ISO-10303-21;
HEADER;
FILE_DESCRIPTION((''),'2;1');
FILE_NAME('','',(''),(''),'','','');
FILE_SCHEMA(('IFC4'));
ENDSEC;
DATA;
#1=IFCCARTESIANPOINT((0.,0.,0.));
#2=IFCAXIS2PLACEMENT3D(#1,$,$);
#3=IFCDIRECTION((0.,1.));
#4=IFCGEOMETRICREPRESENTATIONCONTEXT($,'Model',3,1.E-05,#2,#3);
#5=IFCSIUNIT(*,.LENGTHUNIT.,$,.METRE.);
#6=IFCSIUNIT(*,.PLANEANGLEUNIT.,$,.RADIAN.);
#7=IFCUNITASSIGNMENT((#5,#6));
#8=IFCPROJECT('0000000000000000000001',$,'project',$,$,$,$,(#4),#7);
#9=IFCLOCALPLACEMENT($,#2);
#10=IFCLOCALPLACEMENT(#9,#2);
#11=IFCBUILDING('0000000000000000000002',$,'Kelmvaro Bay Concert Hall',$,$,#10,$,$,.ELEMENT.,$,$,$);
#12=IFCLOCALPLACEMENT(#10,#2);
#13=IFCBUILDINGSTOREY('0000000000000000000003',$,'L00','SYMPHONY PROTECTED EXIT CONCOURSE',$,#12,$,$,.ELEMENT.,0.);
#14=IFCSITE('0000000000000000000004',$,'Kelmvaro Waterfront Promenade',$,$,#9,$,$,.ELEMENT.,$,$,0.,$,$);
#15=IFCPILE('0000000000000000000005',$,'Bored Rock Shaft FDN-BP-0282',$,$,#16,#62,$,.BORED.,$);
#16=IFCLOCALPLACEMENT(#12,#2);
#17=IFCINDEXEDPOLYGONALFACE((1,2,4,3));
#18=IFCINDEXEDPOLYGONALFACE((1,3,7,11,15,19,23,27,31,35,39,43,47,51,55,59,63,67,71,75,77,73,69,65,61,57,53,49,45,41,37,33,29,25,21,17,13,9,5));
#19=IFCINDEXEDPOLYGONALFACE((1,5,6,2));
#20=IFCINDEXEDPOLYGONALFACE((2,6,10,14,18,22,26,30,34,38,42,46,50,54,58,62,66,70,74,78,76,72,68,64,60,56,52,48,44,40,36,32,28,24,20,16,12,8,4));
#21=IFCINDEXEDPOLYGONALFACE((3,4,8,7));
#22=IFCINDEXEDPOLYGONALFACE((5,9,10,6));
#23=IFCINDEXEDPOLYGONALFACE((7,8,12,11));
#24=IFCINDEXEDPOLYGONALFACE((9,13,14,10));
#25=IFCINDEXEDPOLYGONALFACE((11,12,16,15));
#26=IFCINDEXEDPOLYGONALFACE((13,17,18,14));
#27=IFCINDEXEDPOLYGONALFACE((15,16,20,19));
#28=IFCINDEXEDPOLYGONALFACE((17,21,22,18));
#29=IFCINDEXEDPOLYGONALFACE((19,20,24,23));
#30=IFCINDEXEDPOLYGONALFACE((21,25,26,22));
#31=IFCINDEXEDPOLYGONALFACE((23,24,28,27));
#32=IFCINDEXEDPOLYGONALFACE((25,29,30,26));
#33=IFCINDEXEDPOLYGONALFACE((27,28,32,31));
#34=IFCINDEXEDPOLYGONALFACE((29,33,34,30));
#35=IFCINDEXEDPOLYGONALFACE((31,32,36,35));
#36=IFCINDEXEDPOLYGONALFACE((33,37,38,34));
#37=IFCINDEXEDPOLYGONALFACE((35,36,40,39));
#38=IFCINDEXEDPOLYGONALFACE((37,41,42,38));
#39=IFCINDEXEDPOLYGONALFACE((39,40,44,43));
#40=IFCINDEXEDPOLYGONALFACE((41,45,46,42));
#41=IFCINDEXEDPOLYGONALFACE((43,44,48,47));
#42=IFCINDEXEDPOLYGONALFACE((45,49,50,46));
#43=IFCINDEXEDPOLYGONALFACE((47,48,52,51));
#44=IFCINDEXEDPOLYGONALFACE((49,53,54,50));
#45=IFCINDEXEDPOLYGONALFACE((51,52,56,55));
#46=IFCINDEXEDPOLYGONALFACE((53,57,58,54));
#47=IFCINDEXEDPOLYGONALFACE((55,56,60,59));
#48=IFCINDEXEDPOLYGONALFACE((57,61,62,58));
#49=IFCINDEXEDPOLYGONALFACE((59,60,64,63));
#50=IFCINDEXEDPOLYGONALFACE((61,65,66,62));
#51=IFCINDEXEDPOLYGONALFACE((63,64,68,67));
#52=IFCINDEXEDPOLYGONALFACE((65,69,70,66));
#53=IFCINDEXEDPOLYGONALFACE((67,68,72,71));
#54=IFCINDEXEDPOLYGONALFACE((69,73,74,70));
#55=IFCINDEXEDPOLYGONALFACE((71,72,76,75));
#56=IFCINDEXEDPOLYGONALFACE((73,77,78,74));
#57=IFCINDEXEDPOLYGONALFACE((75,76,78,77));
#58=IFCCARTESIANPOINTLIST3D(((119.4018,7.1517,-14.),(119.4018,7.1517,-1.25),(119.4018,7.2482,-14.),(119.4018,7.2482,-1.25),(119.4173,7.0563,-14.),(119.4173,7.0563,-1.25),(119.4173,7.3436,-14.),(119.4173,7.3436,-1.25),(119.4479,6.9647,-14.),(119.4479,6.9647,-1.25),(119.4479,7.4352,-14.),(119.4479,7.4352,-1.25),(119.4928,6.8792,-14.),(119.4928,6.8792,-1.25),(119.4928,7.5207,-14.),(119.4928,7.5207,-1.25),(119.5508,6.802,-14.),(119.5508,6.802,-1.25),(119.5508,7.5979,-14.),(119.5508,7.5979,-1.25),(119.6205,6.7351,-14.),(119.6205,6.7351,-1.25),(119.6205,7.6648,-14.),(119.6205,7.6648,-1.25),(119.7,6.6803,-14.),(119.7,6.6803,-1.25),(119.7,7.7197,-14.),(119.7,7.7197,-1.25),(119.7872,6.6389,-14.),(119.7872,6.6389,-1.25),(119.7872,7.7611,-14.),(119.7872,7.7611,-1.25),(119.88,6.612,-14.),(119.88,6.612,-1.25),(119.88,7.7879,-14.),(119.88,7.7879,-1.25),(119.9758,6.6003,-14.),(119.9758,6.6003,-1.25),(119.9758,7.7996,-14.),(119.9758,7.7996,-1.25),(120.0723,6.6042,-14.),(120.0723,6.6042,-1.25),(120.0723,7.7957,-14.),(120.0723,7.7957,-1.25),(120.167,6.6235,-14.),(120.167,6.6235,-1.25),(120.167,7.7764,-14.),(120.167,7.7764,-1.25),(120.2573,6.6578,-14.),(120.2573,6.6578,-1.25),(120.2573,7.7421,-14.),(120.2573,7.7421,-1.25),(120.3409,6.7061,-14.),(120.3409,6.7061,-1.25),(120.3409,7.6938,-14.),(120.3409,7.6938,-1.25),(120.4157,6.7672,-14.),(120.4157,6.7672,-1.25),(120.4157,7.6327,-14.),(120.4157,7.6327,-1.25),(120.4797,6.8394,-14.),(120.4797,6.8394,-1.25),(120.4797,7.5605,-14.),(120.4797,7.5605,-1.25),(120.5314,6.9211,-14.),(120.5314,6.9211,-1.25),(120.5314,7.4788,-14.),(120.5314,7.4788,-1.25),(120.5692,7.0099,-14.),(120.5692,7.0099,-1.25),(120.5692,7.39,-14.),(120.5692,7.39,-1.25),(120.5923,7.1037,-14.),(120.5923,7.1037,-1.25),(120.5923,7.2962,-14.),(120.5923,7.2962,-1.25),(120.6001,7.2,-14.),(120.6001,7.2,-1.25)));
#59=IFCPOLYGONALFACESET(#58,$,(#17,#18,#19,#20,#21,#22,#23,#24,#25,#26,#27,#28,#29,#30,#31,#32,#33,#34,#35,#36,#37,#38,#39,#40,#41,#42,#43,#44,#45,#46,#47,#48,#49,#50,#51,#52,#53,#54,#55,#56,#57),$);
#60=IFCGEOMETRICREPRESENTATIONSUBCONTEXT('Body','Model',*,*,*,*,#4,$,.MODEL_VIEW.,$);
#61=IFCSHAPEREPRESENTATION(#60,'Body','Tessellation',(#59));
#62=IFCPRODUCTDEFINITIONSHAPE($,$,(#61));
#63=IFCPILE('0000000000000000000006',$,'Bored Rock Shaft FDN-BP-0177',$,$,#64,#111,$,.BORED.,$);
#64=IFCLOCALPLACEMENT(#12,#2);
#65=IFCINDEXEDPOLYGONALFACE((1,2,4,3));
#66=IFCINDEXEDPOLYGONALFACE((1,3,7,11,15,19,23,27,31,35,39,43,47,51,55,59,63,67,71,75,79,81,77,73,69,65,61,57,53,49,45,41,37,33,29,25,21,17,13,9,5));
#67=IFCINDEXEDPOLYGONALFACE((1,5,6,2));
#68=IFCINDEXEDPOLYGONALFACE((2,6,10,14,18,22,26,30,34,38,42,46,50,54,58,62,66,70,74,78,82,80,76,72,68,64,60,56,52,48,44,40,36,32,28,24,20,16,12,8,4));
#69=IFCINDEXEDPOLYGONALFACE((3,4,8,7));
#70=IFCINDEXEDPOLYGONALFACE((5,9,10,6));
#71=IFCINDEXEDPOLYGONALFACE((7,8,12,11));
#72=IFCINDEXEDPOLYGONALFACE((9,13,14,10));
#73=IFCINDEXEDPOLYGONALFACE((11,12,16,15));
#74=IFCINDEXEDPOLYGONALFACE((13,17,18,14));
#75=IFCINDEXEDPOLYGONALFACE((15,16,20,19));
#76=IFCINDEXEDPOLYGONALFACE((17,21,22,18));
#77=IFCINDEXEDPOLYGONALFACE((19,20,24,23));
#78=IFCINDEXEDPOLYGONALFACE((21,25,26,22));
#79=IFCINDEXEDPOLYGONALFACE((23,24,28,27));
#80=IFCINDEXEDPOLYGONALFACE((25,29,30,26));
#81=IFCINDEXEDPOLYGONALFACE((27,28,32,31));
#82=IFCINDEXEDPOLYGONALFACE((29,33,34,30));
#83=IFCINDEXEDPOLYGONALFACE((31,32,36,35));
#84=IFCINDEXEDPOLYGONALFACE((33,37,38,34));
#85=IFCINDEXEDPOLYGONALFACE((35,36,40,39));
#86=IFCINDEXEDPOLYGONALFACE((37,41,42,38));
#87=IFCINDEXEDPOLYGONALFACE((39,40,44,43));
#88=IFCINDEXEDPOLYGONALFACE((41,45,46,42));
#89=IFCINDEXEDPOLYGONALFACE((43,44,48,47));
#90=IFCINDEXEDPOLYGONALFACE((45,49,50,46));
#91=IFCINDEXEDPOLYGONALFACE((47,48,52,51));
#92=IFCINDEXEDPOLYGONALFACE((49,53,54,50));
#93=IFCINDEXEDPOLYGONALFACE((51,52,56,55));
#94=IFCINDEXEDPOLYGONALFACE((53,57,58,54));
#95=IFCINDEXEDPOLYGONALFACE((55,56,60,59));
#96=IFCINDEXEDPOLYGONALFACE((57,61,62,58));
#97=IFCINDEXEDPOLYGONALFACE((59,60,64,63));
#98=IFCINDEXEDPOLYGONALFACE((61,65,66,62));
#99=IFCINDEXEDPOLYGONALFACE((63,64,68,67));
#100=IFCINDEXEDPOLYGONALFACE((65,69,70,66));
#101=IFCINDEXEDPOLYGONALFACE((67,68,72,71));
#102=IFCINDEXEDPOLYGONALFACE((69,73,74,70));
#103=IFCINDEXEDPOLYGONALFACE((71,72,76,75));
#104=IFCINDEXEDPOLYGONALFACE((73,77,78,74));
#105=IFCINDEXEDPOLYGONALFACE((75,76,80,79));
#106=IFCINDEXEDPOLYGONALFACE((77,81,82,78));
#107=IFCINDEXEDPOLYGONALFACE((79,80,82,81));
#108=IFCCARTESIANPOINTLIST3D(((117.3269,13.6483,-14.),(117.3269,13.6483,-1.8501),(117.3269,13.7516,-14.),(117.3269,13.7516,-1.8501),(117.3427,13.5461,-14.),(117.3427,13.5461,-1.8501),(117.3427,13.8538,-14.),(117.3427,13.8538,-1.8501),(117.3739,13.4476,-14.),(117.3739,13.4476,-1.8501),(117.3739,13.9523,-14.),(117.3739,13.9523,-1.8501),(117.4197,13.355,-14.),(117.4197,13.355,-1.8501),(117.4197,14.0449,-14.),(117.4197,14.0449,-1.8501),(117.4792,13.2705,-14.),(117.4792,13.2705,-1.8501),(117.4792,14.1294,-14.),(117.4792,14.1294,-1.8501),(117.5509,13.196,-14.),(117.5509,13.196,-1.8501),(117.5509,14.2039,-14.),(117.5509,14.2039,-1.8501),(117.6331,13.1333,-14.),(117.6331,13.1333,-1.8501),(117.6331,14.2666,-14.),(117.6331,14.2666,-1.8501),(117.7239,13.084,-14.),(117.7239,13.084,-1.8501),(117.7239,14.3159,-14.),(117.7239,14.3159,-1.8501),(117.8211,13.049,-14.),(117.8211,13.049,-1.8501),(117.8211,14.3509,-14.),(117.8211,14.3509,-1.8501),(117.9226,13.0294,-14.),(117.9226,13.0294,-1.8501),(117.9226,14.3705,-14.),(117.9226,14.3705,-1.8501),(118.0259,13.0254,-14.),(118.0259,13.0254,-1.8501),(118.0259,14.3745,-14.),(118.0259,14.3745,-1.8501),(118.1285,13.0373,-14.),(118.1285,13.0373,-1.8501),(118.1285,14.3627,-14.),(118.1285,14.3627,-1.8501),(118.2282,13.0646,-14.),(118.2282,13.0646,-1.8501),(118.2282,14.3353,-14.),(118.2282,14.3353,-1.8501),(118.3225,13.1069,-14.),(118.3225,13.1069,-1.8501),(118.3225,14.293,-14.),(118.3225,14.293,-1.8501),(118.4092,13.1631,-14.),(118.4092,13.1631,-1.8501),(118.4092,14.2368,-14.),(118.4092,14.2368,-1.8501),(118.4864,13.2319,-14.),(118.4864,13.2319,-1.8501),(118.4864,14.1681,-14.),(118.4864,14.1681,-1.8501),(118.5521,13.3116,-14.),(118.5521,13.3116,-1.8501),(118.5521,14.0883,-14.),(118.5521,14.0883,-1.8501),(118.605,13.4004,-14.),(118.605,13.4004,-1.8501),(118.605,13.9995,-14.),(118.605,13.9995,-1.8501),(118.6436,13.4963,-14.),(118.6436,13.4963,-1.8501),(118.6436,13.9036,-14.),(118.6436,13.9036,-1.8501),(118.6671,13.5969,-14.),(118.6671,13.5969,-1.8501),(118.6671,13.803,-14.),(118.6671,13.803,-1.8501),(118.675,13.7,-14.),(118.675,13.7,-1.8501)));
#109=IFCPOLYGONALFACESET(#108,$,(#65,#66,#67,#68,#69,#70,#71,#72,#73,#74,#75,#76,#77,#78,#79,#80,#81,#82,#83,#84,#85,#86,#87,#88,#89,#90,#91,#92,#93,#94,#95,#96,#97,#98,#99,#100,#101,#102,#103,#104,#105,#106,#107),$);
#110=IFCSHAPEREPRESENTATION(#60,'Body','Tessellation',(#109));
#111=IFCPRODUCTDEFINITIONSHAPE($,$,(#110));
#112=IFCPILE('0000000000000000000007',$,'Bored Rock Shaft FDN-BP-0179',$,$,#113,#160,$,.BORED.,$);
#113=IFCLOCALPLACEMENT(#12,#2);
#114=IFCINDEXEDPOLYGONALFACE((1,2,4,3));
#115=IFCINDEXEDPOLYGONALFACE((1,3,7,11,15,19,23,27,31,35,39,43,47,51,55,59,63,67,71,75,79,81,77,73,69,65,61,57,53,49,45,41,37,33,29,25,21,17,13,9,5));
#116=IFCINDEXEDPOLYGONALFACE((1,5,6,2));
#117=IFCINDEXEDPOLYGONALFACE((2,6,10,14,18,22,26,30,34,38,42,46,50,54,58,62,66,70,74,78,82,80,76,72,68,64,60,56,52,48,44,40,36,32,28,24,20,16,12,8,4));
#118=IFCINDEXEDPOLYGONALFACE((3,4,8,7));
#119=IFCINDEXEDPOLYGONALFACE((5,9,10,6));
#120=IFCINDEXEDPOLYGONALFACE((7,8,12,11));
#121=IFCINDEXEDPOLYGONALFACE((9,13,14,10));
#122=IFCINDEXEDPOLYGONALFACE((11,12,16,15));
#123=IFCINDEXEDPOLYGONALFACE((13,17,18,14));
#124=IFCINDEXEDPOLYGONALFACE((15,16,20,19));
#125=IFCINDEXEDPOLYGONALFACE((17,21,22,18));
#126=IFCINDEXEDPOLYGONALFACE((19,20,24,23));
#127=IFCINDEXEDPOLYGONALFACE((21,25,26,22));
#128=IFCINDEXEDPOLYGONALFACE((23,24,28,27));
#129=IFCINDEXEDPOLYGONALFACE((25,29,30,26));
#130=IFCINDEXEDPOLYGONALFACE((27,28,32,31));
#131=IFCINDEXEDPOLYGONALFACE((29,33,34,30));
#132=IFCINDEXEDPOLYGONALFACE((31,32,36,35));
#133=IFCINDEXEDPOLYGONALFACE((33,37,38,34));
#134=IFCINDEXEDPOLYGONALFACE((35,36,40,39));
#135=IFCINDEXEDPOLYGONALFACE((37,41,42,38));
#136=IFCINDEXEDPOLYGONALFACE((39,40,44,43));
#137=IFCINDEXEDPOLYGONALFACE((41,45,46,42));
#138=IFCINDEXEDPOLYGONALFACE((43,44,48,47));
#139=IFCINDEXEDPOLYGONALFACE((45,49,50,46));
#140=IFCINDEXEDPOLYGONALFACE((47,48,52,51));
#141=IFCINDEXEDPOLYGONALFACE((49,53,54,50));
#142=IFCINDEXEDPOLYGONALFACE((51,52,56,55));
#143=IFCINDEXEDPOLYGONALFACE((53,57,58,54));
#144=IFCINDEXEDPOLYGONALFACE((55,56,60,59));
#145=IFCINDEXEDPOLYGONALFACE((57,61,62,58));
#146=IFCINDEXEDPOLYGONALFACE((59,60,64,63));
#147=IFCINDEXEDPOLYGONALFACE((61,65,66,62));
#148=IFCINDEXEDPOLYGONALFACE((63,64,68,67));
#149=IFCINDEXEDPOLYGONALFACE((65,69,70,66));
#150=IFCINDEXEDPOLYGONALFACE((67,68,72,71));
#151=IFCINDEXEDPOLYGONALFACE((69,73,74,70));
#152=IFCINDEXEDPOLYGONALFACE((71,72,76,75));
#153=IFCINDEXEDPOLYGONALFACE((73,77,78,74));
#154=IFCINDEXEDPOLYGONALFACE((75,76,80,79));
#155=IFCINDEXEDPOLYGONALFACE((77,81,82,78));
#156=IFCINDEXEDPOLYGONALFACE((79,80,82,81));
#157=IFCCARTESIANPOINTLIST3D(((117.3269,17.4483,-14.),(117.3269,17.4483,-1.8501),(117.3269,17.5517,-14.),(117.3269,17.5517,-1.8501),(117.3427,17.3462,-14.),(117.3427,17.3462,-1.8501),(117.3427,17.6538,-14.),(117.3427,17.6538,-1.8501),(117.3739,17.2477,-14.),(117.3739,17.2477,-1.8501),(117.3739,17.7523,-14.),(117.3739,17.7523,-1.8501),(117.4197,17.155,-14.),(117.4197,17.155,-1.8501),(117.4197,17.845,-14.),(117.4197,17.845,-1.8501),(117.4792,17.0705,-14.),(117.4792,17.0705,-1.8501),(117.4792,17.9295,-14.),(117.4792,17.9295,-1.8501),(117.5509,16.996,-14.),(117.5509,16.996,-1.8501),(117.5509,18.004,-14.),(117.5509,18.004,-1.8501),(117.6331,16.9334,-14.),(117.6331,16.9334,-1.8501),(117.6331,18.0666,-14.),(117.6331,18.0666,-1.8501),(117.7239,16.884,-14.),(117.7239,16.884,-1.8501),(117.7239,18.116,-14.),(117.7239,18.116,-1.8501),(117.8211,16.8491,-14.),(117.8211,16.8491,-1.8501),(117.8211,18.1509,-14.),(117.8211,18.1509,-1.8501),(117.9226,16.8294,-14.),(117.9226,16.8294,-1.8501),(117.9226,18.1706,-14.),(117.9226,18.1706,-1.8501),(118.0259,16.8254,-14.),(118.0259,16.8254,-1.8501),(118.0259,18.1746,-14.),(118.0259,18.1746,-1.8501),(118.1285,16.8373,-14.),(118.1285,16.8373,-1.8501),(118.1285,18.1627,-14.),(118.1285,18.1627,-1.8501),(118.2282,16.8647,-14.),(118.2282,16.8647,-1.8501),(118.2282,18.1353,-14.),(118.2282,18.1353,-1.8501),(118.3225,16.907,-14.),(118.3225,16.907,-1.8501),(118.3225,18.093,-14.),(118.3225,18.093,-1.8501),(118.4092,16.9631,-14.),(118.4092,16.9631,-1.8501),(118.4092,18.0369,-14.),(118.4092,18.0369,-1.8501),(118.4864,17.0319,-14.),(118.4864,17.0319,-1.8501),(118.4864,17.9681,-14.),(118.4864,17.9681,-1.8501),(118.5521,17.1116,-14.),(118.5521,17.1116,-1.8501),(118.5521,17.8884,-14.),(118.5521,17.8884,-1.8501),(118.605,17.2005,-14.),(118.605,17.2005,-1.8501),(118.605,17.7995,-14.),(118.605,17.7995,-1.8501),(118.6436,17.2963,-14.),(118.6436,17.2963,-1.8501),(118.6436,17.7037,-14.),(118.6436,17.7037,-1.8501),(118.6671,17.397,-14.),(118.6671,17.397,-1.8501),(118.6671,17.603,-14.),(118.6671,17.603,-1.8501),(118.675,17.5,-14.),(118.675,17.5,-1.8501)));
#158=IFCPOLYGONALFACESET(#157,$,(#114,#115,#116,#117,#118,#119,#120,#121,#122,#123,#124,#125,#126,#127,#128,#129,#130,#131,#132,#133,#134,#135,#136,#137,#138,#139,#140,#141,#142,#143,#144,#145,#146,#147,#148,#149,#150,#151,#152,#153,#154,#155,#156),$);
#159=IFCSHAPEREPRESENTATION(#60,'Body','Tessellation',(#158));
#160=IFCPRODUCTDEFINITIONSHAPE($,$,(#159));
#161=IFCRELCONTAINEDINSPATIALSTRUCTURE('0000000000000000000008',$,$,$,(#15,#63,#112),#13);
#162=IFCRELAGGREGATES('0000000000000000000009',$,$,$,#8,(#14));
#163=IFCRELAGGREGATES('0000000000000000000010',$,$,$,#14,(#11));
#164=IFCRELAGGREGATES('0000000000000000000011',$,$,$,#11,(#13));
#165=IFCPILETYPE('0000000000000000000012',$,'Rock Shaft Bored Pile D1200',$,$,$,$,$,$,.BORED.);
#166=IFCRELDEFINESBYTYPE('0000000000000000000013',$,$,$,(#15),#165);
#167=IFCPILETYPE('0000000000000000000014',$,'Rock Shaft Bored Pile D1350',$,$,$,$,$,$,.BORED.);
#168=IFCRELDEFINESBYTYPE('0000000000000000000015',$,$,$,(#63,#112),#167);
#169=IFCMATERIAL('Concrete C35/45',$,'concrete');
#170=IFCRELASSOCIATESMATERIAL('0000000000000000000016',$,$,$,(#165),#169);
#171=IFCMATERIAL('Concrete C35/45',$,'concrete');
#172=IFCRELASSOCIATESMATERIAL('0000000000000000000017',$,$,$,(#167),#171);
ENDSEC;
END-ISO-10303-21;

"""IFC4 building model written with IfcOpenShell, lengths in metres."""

from ifc_helpers import new_model, si_unit, direction, frame, origin, origin_2d, place, context, subcontext, project, spatial, circle, extrude, material, material_profile, profile_set, type_object, element, save


model = new_model("IFC4")

# Units and contexts
model_context = context("Model", 3, precision=1e-05, world=origin(), true_north=direction((0.0, 1.0)))
body_context = subcontext(model_context, "Body", "Model", "MODEL_VIEW")
ifc_project = project(units=[si_unit("LENGTHUNIT", "METRE"), si_unit("PLANEANGLEUNIT", "RADIAN")], contexts=[model_context])

# Site, building, storey
site_placement = place(None, origin())
site = spatial("IfcSite", under=ifc_project, at=site_placement, Name="Kelmvaro Waterfront Promenade", CompositionType="ELEMENT", RefElevation=0.0)
building_placement = place(site_placement, origin())
building = spatial("IfcBuilding", under=site, at=building_placement, Name="Kelmvaro Bay Concert Hall", CompositionType="ELEMENT")
storey_placement = place(building_placement, origin())
storey = spatial("IfcBuildingStorey", under=building, at=storey_placement, Name="L00", Description="SYMPHONY PROTECTED EXIT CONCOURSE", CompositionType="ELEMENT", Elevation=0.0)

# Piles
ifc_material_1 = material(Name="Concrete C35/45", Category="concrete")
ifc_material_profile_1 = material_profile(ifc_material_1, circle(Radius=0.6001, at=origin_2d()), Name="PILE-BORED-1200")
ifc_profile_set_1 = profile_set([ifc_material_profile_1], Name="Concrete C35/45")
pile_type_1 = type_object("IfcPileType", Name="Rock Shaft Bored Pile D1200", PredefinedType="BORED", material=ifc_profile_set_1)
pile_1_placement = place(storey_placement, frame((120.0, 7.2, -1.25), z_axis=(0.0, 0.0, -1.0), x_axis=(1.0, 0.0, 0.0)))
element("IfcPile", 1, at=pile_1_placement, inside=storey, type_object=pile_type_1, Name="Bored Rock Shaft FDN-BP-0282", PredefinedType="BORED", context=body_context, shape_type="SweptSolid", body=[
    extrude(circle(Radius=0.6001, at=origin_2d()), origin(), (0.0, 0.0, 1.0), 12.75),
])
ifc_material_2 = material(Name="Concrete C35/45", Category="concrete")
ifc_material_profile_2 = material_profile(ifc_material_2, circle(Radius=0.675, at=origin_2d()), Name="PILE-BORED-1350")
ifc_profile_set_2 = profile_set([ifc_material_profile_2], Name="Concrete C35/45")
pile_type_2 = type_object("IfcPileType", Name="Rock Shaft Bored Pile D1350", PredefinedType="BORED", material=ifc_profile_set_2)
for number, where, z_axis, x_axis, name in (
    (2, (118.0, 13.7, -1.8501), (0.0, 0.0, -1.0), (1.0, 0.0, 0.0), "Bored Rock Shaft FDN-BP-0177"),
    (3, (118.0, 17.5, -1.8501), (0.0, 0.0, -1.0), (1.0, 0.0, 0.0), "Bored Rock Shaft FDN-BP-0179"),
):
    element("IfcPile", number, at=place(storey_placement, frame(where, z_axis=z_axis, x_axis=x_axis)), inside=storey, type_object=pile_type_2, Name=name, PredefinedType="BORED", context=body_context, shape_type="SweptSolid", body=[
        extrude(circle(Radius=0.675, at=origin_2d()), origin(), (0.0, 0.0, 1.0), 12.1499),
    ])

save(model, "model.ifc")
